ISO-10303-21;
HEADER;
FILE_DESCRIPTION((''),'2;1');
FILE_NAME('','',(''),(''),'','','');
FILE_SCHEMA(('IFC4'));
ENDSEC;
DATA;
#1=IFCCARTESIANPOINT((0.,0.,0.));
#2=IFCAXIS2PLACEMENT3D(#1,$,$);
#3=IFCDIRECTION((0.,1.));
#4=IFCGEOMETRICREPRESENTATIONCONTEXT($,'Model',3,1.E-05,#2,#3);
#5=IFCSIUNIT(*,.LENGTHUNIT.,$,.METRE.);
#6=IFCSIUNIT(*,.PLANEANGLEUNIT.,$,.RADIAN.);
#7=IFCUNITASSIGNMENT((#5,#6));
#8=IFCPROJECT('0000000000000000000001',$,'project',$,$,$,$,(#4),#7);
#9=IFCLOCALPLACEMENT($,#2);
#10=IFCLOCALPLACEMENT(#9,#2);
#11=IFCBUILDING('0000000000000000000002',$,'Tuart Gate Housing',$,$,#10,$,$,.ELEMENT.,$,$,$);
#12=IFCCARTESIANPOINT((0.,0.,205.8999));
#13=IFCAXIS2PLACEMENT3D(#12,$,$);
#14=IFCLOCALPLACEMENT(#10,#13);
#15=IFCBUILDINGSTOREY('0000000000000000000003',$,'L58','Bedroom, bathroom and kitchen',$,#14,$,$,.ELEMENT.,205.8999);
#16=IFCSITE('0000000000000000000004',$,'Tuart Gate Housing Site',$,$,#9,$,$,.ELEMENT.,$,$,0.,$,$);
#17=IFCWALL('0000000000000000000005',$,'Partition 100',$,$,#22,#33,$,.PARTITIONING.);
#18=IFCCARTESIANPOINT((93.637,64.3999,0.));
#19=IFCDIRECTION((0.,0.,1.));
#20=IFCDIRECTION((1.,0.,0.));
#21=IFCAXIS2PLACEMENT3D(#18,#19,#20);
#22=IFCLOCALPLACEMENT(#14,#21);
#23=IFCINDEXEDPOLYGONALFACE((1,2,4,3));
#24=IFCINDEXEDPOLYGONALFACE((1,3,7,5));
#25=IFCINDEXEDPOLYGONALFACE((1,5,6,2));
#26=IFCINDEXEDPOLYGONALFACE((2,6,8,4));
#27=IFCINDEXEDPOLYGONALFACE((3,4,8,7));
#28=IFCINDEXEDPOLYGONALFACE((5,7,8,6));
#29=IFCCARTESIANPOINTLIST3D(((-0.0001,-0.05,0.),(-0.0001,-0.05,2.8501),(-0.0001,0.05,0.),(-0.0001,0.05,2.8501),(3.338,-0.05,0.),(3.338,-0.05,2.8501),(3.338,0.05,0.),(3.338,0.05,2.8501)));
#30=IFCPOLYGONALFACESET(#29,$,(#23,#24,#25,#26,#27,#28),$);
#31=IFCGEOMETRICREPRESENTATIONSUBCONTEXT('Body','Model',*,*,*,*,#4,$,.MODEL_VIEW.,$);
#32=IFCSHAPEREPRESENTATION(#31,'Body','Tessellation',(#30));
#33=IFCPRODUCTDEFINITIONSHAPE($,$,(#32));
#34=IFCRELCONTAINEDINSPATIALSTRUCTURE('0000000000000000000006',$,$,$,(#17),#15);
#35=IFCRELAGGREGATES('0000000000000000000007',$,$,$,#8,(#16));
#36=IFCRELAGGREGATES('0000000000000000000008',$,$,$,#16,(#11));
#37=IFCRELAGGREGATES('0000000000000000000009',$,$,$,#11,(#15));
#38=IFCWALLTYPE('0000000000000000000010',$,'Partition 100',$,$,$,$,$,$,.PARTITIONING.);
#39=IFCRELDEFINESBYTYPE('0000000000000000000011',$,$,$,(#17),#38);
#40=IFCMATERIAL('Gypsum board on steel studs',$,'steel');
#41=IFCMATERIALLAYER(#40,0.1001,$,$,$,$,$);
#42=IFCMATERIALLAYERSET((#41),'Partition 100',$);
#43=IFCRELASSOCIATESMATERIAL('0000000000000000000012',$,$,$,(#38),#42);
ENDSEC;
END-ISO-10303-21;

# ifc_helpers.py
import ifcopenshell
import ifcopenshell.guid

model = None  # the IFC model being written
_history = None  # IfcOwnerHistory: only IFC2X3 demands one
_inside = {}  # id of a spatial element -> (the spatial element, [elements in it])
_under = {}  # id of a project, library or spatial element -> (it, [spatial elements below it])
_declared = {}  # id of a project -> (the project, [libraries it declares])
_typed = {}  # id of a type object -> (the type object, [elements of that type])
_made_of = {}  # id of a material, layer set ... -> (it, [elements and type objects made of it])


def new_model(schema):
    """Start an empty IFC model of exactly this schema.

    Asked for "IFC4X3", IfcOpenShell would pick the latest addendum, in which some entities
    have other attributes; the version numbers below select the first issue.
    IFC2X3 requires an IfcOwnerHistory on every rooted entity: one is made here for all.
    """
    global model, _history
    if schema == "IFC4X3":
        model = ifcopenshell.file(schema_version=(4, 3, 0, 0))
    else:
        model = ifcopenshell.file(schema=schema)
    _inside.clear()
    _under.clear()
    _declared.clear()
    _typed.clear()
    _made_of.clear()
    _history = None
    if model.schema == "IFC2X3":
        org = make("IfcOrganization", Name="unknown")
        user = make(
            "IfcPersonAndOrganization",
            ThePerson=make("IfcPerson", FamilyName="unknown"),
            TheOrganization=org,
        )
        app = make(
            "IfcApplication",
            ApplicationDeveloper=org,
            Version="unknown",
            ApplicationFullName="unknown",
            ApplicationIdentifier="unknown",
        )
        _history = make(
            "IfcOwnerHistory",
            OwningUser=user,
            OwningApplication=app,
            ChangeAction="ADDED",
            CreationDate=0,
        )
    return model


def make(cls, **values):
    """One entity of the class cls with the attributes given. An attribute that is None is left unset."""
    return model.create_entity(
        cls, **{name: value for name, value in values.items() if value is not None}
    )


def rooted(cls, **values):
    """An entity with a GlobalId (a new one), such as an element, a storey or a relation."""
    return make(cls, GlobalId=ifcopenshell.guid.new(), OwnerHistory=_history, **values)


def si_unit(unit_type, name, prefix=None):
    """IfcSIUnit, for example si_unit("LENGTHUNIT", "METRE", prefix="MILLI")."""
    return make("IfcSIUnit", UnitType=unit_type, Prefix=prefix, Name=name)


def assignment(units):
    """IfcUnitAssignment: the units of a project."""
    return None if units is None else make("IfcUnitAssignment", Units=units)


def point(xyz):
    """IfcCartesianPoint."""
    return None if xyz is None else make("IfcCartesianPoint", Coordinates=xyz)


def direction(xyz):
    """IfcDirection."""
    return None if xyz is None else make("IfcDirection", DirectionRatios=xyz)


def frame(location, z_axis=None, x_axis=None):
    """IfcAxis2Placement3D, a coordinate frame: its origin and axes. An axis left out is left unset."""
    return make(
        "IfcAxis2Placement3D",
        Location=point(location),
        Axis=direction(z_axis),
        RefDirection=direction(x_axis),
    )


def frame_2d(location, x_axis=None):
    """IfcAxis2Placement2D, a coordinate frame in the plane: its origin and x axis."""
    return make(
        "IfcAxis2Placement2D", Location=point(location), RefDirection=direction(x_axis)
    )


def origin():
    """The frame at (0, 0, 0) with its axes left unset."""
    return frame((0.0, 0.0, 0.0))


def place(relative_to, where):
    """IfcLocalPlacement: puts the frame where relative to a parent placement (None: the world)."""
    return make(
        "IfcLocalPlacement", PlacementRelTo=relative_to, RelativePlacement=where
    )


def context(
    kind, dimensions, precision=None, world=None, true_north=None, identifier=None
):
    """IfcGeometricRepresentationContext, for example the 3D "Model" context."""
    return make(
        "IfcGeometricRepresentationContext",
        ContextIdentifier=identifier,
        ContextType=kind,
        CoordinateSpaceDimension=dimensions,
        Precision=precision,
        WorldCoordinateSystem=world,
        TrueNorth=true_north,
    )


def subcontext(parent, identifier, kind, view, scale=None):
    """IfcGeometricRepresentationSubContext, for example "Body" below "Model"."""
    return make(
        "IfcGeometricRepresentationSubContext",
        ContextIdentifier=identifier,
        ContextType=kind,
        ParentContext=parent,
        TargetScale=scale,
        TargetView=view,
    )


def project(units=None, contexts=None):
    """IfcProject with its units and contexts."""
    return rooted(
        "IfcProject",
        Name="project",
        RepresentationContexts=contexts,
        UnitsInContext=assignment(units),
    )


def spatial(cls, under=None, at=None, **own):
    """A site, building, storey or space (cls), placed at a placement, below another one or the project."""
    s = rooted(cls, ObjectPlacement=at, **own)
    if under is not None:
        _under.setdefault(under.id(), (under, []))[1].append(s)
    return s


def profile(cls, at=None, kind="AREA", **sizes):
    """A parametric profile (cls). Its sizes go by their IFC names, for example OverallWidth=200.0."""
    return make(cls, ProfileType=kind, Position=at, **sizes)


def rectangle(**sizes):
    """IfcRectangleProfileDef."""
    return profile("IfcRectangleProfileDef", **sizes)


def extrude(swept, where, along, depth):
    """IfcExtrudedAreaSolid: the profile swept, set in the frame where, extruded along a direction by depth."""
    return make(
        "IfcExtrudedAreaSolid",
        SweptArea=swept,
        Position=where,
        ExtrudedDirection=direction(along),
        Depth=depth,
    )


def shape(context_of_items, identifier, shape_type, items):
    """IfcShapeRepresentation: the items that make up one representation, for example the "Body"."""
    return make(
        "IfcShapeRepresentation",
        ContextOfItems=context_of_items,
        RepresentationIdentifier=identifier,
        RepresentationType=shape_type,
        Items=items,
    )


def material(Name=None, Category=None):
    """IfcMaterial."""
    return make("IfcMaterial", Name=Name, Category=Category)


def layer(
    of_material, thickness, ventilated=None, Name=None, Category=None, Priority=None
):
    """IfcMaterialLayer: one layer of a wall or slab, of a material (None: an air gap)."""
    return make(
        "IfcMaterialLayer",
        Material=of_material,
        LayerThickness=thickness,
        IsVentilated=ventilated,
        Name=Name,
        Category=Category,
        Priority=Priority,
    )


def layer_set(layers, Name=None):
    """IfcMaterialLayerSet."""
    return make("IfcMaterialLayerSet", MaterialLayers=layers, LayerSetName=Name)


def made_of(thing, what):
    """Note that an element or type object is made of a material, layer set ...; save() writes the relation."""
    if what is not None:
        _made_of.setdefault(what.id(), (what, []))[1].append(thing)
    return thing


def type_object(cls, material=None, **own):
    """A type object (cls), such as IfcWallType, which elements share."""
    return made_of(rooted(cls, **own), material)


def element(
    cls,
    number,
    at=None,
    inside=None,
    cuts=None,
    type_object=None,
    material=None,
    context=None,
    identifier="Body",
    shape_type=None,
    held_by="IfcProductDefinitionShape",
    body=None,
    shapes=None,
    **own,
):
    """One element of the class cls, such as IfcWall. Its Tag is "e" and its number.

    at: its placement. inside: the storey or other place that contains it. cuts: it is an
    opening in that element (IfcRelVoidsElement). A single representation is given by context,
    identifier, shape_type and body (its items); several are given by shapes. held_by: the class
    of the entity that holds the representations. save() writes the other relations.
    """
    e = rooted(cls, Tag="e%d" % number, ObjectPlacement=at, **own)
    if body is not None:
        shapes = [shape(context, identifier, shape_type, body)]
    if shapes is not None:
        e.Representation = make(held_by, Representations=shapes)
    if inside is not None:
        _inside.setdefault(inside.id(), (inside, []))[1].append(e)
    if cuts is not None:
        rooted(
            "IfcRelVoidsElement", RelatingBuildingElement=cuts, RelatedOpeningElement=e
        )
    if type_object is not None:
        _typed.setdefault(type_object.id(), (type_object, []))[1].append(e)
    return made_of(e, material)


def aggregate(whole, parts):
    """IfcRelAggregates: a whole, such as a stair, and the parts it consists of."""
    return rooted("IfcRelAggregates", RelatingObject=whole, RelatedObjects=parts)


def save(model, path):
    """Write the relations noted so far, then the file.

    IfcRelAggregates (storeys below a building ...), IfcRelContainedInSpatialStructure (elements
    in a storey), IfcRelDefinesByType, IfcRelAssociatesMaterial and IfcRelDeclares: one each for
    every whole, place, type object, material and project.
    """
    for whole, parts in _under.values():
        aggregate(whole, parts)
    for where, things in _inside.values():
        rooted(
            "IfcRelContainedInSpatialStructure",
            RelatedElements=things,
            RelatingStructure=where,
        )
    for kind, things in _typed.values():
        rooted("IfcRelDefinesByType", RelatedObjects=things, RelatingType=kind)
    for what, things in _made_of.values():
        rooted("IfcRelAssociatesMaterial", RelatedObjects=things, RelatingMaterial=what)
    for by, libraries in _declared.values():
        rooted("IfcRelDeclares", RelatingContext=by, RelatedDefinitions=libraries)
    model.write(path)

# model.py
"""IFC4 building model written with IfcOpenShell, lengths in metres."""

from ifc_helpers import new_model, si_unit, direction, frame, frame_2d, origin, place, context, subcontext, project, spatial, rectangle, extrude, material, layer, layer_set, type_object, element, save


model = new_model("IFC4")

# Units and contexts
model_context = context("Model", 3, precision=1e-05, world=origin(), true_north=direction((0.0, 1.0)))
body_context = subcontext(model_context, "Body", "Model", "MODEL_VIEW")
ifc_project = project(units=[si_unit("LENGTHUNIT", "METRE"), si_unit("PLANEANGLEUNIT", "RADIAN")], contexts=[model_context])

# Site, building, storey
site_placement = place(None, origin())
site = spatial("IfcSite", under=ifc_project, at=site_placement, Name="Tuart Gate Housing Site", CompositionType="ELEMENT", RefElevation=0.0)
building_placement = place(site_placement, origin())
building = spatial("IfcBuilding", under=site, at=building_placement, Name="Tuart Gate Housing", CompositionType="ELEMENT")
storey_placement = place(building_placement, frame((0.0, 0.0, 205.8999)))
storey = spatial("IfcBuildingStorey", under=building, at=storey_placement, Name="L58", Description="Bedroom, bathroom and kitchen", CompositionType="ELEMENT", Elevation=205.8999)

# Shared definitions
ifc_material_1 = material(Name="Gypsum board on steel studs", Category="steel")
ifc_layer_1 = layer(ifc_material_1, 0.1001)
ifc_layer_set_1 = layer_set([ifc_layer_1], Name="Partition 100")
wall_type_1 = type_object("IfcWallType", Name="Partition 100", PredefinedType="PARTITIONING", material=ifc_layer_set_1)

# Wall
wall_1_placement = place(storey_placement, frame((93.637, 64.3999, 0.0), z_axis=(0.0, 0.0, 1.0), x_axis=(1.0, 0.0, 0.0)))
element("IfcWall", 1, at=wall_1_placement, inside=storey, type_object=wall_type_1, Name="Partition 100", PredefinedType="PARTITIONING", context=body_context, shape_type="SweptSolid", body=[
    extrude(rectangle(XDim=3.3381, YDim=0.1001, at=frame_2d((1.6689, 0.0))), origin(), (0.0, 0.0, 1.0), 2.8501),
])

save(model, "model.ifc")
